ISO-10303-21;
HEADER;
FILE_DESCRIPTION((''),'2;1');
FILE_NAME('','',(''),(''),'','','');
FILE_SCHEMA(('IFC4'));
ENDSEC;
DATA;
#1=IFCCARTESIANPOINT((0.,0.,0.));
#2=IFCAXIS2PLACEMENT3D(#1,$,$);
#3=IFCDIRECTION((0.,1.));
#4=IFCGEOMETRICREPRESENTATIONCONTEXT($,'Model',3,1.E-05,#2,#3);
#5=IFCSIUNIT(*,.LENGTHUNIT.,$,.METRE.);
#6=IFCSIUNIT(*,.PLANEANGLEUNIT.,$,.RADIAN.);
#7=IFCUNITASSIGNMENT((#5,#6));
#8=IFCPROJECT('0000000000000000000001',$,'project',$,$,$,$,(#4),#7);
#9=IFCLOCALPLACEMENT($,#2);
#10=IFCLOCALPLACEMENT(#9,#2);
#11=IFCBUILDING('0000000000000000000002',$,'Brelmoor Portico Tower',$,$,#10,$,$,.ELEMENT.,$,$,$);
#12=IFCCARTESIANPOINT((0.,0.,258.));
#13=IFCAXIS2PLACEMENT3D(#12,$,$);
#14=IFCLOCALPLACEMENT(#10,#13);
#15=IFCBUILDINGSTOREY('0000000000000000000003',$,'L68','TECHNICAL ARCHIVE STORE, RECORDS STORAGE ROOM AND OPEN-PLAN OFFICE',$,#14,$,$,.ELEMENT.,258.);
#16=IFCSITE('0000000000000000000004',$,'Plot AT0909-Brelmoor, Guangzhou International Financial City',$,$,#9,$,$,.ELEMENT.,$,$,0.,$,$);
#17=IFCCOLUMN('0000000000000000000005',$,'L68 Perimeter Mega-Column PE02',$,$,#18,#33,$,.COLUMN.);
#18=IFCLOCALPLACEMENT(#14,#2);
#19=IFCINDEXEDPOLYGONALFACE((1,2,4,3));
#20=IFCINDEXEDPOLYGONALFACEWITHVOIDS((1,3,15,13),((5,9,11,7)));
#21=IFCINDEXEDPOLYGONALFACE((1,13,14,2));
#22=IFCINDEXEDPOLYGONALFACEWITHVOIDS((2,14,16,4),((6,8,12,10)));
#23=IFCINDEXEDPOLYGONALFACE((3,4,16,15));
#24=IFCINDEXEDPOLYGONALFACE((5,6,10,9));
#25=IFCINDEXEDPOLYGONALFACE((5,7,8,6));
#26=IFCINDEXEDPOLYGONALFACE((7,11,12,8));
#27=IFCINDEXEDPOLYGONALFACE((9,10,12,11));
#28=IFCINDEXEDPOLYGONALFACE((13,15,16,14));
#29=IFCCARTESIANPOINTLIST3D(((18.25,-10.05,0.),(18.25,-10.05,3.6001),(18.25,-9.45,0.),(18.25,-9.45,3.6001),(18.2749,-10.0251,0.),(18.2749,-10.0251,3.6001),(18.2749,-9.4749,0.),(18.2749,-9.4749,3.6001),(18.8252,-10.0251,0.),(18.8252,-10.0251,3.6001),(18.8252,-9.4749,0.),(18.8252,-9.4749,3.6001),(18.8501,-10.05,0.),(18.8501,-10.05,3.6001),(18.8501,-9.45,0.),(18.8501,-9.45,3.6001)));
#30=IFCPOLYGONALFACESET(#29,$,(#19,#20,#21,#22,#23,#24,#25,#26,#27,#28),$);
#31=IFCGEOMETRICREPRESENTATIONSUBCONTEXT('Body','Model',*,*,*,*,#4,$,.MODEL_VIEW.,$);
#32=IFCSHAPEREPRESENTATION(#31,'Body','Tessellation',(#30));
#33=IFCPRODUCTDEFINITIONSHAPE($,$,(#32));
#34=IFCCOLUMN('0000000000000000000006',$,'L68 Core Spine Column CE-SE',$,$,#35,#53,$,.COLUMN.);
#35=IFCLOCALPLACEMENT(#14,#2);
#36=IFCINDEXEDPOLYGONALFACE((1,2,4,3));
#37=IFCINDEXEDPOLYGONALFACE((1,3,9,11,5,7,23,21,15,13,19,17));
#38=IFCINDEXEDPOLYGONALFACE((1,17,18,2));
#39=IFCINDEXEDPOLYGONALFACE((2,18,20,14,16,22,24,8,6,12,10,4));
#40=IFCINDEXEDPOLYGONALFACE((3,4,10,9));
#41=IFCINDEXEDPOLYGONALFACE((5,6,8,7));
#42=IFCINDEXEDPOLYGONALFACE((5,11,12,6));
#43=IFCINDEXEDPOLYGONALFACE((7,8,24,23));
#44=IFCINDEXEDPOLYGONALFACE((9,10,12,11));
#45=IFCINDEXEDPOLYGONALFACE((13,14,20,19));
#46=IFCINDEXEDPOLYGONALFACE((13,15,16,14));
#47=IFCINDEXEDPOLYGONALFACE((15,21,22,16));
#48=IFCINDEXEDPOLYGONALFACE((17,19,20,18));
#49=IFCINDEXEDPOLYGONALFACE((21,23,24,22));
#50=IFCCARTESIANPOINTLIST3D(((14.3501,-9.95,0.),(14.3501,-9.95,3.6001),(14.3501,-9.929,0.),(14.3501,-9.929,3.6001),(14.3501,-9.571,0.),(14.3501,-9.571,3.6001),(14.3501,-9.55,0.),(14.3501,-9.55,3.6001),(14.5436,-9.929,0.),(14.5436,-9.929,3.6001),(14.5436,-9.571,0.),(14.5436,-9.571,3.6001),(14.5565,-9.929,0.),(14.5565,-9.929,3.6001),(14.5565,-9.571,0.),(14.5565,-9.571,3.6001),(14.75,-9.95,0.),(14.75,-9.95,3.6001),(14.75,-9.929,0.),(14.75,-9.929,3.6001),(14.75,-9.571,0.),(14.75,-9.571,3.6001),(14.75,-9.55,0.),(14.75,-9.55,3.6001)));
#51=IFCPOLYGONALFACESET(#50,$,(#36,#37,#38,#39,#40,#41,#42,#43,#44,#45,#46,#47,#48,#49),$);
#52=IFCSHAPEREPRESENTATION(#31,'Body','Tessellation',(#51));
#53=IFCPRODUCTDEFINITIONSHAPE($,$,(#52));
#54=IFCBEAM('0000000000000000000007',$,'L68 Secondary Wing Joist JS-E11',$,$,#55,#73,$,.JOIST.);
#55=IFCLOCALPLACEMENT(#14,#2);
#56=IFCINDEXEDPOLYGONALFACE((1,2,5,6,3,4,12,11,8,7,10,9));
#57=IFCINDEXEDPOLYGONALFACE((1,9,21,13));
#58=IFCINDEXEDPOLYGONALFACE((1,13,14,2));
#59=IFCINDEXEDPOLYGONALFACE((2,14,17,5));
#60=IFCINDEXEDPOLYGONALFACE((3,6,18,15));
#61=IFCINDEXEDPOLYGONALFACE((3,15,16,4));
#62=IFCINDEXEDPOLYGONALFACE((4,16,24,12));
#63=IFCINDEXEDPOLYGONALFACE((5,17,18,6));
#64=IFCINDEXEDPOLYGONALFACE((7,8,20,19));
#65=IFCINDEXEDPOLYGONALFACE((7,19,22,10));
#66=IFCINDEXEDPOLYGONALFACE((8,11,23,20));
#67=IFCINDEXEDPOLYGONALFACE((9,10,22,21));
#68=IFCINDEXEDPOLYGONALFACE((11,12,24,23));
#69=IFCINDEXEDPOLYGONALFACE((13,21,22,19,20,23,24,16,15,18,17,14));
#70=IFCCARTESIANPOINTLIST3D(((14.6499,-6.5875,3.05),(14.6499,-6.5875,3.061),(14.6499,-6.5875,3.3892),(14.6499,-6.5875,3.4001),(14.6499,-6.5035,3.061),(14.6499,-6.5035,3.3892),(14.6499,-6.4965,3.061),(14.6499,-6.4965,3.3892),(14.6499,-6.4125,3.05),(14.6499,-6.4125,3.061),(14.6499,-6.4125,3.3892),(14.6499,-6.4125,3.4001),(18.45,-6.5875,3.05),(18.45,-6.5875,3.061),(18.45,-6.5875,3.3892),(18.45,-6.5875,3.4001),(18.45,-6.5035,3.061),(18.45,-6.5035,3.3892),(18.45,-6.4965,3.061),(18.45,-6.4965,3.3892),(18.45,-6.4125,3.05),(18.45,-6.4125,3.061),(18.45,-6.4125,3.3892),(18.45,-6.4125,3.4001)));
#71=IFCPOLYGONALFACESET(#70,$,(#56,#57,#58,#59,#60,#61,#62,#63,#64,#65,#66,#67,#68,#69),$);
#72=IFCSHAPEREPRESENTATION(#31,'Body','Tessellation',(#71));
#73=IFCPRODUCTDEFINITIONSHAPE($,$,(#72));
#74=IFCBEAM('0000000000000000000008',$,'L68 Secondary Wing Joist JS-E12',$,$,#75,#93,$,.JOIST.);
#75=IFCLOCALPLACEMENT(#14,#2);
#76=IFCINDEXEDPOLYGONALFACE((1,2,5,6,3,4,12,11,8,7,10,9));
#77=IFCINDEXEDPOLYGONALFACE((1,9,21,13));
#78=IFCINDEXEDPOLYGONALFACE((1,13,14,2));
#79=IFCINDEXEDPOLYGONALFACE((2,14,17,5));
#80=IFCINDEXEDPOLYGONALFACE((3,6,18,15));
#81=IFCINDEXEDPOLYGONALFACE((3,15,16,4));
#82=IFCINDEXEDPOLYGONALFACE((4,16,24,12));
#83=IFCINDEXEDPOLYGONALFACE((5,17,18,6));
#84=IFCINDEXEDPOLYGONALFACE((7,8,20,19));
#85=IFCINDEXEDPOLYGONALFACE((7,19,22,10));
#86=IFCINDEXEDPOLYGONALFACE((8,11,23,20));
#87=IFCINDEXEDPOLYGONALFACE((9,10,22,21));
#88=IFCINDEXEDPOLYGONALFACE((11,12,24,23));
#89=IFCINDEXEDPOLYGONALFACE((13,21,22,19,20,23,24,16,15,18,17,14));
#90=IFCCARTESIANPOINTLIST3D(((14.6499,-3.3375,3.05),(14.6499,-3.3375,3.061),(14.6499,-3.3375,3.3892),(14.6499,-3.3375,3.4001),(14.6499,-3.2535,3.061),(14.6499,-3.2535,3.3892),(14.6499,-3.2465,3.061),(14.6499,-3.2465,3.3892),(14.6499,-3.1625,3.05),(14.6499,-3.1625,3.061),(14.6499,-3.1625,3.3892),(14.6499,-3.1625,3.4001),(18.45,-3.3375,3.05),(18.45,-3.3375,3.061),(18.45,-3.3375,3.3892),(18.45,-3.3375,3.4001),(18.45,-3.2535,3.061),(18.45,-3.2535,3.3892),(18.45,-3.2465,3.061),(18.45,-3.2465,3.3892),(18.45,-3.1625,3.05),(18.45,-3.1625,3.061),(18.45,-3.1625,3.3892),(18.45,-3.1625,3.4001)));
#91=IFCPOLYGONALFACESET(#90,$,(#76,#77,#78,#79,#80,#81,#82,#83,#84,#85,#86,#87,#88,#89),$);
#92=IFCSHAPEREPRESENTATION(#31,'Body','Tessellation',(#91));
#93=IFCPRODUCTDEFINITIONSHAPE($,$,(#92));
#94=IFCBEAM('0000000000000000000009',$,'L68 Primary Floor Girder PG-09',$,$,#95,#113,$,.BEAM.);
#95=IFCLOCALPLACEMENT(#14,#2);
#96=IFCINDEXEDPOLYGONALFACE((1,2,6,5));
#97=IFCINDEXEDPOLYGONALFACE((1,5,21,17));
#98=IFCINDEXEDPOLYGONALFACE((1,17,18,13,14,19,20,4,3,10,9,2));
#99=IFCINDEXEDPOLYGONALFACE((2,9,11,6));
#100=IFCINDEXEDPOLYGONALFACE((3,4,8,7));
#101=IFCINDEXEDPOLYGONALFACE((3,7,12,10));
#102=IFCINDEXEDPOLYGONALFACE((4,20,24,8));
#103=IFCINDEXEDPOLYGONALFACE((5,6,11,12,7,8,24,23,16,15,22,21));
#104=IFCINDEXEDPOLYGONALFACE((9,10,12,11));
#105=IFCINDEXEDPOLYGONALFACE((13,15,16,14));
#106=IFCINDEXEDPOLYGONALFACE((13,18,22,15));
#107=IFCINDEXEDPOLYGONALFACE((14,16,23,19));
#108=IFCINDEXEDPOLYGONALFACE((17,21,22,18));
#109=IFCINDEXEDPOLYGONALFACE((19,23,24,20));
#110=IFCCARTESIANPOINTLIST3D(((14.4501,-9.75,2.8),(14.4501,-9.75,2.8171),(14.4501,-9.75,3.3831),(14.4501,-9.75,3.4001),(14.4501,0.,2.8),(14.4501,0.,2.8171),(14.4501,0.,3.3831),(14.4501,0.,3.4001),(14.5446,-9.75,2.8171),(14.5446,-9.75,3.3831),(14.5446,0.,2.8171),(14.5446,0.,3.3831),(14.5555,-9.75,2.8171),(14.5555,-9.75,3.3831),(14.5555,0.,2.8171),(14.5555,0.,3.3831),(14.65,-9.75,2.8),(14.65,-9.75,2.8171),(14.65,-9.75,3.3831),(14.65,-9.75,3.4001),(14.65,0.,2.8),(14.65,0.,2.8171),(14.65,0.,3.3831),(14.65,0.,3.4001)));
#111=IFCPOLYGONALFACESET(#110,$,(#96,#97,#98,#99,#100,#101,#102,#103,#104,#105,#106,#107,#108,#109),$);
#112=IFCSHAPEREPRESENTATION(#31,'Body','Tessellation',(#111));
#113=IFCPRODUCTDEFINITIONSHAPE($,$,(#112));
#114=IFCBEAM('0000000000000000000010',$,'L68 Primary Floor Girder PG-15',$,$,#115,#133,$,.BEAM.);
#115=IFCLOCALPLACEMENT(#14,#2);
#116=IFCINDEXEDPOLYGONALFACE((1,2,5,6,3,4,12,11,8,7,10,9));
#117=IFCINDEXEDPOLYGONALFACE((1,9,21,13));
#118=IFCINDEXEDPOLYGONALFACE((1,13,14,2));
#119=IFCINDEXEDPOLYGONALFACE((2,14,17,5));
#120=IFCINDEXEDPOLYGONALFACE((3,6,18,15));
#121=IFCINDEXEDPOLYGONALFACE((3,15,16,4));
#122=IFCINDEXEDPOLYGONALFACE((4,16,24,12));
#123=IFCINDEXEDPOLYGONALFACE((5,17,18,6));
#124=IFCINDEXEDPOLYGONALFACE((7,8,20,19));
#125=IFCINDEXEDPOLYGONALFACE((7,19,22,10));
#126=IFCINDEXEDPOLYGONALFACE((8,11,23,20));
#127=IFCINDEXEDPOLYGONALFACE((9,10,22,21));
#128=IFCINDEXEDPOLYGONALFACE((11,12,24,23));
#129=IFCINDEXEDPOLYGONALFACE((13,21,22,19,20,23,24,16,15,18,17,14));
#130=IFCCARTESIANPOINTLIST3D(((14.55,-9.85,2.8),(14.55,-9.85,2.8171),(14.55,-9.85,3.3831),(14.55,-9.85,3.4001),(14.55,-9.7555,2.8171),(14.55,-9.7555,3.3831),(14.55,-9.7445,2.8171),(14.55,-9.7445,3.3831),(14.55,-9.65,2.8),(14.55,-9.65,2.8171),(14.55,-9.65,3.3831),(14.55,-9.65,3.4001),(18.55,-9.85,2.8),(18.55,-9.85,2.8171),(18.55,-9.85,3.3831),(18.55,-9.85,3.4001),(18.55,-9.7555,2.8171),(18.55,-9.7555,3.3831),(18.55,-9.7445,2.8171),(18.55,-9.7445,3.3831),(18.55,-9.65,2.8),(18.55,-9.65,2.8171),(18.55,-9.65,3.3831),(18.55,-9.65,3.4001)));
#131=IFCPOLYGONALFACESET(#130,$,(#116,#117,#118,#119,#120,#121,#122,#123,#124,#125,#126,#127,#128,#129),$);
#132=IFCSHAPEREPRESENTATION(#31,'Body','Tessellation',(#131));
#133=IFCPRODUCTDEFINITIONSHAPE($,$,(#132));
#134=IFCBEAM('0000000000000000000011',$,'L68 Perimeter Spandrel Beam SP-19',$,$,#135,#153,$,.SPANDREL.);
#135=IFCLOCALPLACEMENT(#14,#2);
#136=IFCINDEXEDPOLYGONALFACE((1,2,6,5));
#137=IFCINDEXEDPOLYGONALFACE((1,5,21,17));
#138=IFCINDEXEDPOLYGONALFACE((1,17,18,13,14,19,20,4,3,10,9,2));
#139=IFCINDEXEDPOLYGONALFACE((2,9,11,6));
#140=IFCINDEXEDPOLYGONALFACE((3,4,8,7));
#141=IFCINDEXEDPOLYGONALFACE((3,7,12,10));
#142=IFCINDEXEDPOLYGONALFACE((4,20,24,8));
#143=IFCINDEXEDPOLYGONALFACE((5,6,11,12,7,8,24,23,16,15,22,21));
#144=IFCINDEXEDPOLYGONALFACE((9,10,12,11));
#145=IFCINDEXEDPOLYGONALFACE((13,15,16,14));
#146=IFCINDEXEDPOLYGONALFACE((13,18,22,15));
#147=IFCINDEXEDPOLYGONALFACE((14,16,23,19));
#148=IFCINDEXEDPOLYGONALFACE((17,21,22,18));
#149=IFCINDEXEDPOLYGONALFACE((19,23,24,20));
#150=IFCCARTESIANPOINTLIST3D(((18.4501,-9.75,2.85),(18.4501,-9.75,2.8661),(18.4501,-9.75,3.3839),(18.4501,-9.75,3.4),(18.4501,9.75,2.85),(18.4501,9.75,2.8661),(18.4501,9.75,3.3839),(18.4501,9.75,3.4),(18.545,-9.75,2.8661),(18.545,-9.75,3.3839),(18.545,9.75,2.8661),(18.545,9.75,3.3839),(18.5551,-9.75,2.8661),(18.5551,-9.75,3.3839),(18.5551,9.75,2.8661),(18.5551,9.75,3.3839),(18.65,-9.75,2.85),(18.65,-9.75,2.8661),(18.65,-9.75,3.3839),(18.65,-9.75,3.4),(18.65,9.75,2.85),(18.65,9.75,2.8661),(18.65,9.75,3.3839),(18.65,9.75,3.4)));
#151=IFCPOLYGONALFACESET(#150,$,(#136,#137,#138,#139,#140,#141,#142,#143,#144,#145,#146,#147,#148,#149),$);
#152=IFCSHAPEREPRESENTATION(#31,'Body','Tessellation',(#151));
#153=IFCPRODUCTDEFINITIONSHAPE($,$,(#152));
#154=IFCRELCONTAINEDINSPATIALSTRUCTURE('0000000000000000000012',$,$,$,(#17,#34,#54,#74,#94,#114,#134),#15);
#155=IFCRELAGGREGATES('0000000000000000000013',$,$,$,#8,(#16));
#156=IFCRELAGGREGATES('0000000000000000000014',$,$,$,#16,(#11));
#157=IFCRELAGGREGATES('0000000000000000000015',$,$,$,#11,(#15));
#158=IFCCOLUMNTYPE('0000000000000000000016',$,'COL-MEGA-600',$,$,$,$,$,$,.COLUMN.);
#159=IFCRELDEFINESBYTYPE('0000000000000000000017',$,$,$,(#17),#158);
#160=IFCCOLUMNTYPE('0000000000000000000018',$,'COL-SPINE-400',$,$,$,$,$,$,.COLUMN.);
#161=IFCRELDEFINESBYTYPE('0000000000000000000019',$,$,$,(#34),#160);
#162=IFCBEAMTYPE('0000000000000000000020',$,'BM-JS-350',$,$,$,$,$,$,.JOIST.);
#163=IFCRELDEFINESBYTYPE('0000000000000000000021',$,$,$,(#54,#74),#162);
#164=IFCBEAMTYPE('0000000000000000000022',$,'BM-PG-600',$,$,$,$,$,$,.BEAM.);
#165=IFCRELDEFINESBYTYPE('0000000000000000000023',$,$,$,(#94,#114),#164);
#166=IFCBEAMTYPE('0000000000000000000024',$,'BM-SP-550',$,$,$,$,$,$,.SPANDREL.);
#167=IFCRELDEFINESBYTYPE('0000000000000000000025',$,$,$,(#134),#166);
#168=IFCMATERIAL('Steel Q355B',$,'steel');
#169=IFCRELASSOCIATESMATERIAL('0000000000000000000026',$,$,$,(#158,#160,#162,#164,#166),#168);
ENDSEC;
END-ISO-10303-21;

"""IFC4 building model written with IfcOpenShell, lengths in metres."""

from ifc_helpers import new_model, si_unit, direction, frame, origin, origin_2d, place, context, subcontext, project, spatial, hollow_rectangle, i_section, extrude, material, material_profile, profile_set, type_object, element, save


model = new_model("IFC4")

# Units and contexts
model_context = context("Model", 3, precision=1e-05, world=origin(), true_north=direction((0.0, 1.0)))
body_context = subcontext(model_context, "Body", "Model", "MODEL_VIEW")
ifc_project = project(units=[si_unit("LENGTHUNIT", "METRE"), si_unit("PLANEANGLEUNIT", "RADIAN")], contexts=[model_context])

# Site, building, storey
site_placement = place(None, origin())
site = spatial("IfcSite", under=ifc_project, at=site_placement, Name="Plot AT0909-Brelmoor, Guangzhou International Financial City", CompositionType="ELEMENT", RefElevation=0.0)
building_placement = place(site_placement, origin())
building = spatial("IfcBuilding", under=site, at=building_placement, Name="Brelmoor Portico Tower", CompositionType="ELEMENT")
storey_placement = place(building_placement, frame((0.0, 0.0, 258.0)))
storey = spatial("IfcBuildingStorey", under=building, at=storey_placement, Name="L68", Description="TECHNICAL ARCHIVE STORE, RECORDS STORAGE ROOM AND OPEN-PLAN OFFICE", CompositionType="ELEMENT", Elevation=258.0)

# Columns
ifc_material_1 = material(Name="Steel Q355B", Category="steel")
ifc_material_profile_1 = material_profile(ifc_material_1, hollow_rectangle(XDim=0.6001, YDim=0.6001, WallThickness=0.0249, at=origin_2d()), Name="BOX 600x600x25")
ifc_profile_set_1 = profile_set([ifc_material_profile_1], Name="Steel Q355B")
column_type_1 = type_object("IfcColumnType", Name="COL-MEGA-600", PredefinedType="COLUMN", material=ifc_profile_set_1)
column_1_placement = place(storey_placement, frame((18.55, -9.75, 0.0), z_axis=(0.0, 0.0, 1.0), x_axis=(0.0, 1.0, 0.0)))
element("IfcColumn", 1, at=column_1_placement, inside=storey, type_object=column_type_1, Name="L68 Perimeter Mega-Column PE02", PredefinedType="COLUMN", context=body_context, shape_type="SweptSolid", body=[
    extrude(hollow_rectangle(XDim=0.6001, YDim=0.6001, WallThickness=0.0249, at=origin_2d()), origin(), (0.0, 0.0, 1.0), 3.6001),
])
ifc_material_profile_2 = material_profile(ifc_material_1, i_section(OverallWidth=0.3999, OverallDepth=0.3999, WebThickness=0.0129, FlangeThickness=0.021, at=origin_2d()), Name="HW 400x400x13x21")
ifc_profile_set_2 = profile_set([ifc_material_profile_2], Name="Steel Q355B")
column_type_2 = type_object("IfcColumnType", Name="COL-SPINE-400", PredefinedType="COLUMN", material=ifc_profile_set_2)
column_2_placement = place(storey_placement, frame((14.55, -9.75, 0.0), z_axis=(0.0, 0.0, 1.0), x_axis=(1.0, 0.0, 0.0)))
element("IfcColumn", 2, at=column_2_placement, inside=storey, type_object=column_type_2, Name="L68 Core Spine Column CE-SE", PredefinedType="COLUMN", context=body_context, shape_type="SweptSolid", body=[
    extrude(i_section(OverallWidth=0.3999, OverallDepth=0.3999, WebThickness=0.0129, FlangeThickness=0.021, at=origin_2d()), origin(), (0.0, 0.0, 1.0), 3.6001),
])

# Beams
ifc_material_profile_3 = material_profile(ifc_material_1, i_section(OverallWidth=0.175, OverallDepth=0.3501, WebThickness=0.0071, FlangeThickness=0.011, at=origin_2d()), Name="HN 350x175x7x11")
ifc_profile_set_3 = profile_set([ifc_material_profile_3], Name="Steel Q355B")
beam_type_1 = type_object("IfcBeamType", Name="BM-JS-350", PredefinedType="JOIST", material=ifc_profile_set_3)
for number, where, z_axis, x_axis, name in (
    (3, (14.6499, -6.5, 3.2251), (1.0, 0.0, 0.0), (0.0, 1.0, 0.0), "L68 Secondary Wing Joist JS-E11"),
    (4, (14.6499, -3.25, 3.2251), (1.0, 0.0, 0.0), (0.0, 1.0, 0.0), "L68 Secondary Wing Joist JS-E12"),
):
    element("IfcBeam", number, at=place(storey_placement, frame(where, z_axis=z_axis, x_axis=x_axis)), inside=storey, type_object=beam_type_1, Name=name, PredefinedType="JOIST", context=body_context, shape_type="SweptSolid", body=[
        extrude(i_section(OverallWidth=0.175, OverallDepth=0.3501, WebThickness=0.0071, FlangeThickness=0.011, at=origin_2d()), origin(), (0.0, 0.0, 1.0), 3.8),
    ])
ifc_material_profile_4 = material_profile(ifc_material_1, i_section(OverallWidth=0.2, OverallDepth=0.6001, WebThickness=0.011, FlangeThickness=0.0171, at=origin_2d()), Name="HN 600x200x11x17")
ifc_profile_set_4 = profile_set([ifc_material_profile_4], Name="Steel Q355B")
beam_type_2 = type_object("IfcBeamType", Name="BM-PG-600", PredefinedType="BEAM", material=ifc_profile_set_4)
beam_1_placement = place(storey_placement, frame((14.55, -9.75, 3.1001), z_axis=(0.0, 1.0, 0.0), x_axis=(-1.0, 0.0, 0.0)))
element("IfcBeam", 5, at=beam_1_placement, inside=storey, type_object=beam_type_2, Name="L68 Primary Floor Girder PG-09", PredefinedType="BEAM", context=body_context, shape_type="SweptSolid", body=[
    extrude(i_section(OverallWidth=0.2, OverallDepth=0.6001, WebThickness=0.011, FlangeThickness=0.0171, at=origin_2d()), origin(), (0.0, 0.0, 1.0), 9.75),
])
beam_2_placement = place(storey_placement, frame((14.55, -9.75, 3.1001), z_axis=(1.0, 0.0, 0.0), x_axis=(0.0, 1.0, 0.0)))
element("IfcBeam", 6, at=beam_2_placement, inside=storey, type_object=beam_type_2, Name="L68 Primary Floor Girder PG-15", PredefinedType="BEAM", context=body_context, shape_type="SweptSolid", body=[
    extrude(i_section(OverallWidth=0.2, OverallDepth=0.6001, WebThickness=0.011, FlangeThickness=0.0171, at=origin_2d()), origin(), (0.0, 0.0, 1.0), 4.0),
])
ifc_material_profile_5 = material_profile(ifc_material_1, i_section(OverallWidth=0.2, OverallDepth=0.55, WebThickness=0.01, FlangeThickness=0.0161, at=origin_2d()), Name="HN 550x200x10x16")
ifc_profile_set_5 = profile_set([ifc_material_profile_5], Name="Steel Q355B")
beam_type_3 = type_object("IfcBeamType", Name="BM-SP-550", PredefinedType="SPANDREL", material=ifc_profile_set_5)
beam_3_placement = place(storey_placement, frame((18.55, -9.75, 3.125), z_axis=(0.0, 1.0, 0.0), x_axis=(-1.0, 0.0, 0.0)))
element("IfcBeam", 7, at=beam_3_placement, inside=storey, type_object=beam_type_3, Name="L68 Perimeter Spandrel Beam SP-19", PredefinedType="SPANDREL", context=body_context, shape_type="SweptSolid", body=[
    extrude(i_section(OverallWidth=0.2, OverallDepth=0.55, WebThickness=0.01, FlangeThickness=0.0161, at=origin_2d()), origin(), (0.0, 0.0, 1.0), 19.5),
])

save(model, "model.ifc")
